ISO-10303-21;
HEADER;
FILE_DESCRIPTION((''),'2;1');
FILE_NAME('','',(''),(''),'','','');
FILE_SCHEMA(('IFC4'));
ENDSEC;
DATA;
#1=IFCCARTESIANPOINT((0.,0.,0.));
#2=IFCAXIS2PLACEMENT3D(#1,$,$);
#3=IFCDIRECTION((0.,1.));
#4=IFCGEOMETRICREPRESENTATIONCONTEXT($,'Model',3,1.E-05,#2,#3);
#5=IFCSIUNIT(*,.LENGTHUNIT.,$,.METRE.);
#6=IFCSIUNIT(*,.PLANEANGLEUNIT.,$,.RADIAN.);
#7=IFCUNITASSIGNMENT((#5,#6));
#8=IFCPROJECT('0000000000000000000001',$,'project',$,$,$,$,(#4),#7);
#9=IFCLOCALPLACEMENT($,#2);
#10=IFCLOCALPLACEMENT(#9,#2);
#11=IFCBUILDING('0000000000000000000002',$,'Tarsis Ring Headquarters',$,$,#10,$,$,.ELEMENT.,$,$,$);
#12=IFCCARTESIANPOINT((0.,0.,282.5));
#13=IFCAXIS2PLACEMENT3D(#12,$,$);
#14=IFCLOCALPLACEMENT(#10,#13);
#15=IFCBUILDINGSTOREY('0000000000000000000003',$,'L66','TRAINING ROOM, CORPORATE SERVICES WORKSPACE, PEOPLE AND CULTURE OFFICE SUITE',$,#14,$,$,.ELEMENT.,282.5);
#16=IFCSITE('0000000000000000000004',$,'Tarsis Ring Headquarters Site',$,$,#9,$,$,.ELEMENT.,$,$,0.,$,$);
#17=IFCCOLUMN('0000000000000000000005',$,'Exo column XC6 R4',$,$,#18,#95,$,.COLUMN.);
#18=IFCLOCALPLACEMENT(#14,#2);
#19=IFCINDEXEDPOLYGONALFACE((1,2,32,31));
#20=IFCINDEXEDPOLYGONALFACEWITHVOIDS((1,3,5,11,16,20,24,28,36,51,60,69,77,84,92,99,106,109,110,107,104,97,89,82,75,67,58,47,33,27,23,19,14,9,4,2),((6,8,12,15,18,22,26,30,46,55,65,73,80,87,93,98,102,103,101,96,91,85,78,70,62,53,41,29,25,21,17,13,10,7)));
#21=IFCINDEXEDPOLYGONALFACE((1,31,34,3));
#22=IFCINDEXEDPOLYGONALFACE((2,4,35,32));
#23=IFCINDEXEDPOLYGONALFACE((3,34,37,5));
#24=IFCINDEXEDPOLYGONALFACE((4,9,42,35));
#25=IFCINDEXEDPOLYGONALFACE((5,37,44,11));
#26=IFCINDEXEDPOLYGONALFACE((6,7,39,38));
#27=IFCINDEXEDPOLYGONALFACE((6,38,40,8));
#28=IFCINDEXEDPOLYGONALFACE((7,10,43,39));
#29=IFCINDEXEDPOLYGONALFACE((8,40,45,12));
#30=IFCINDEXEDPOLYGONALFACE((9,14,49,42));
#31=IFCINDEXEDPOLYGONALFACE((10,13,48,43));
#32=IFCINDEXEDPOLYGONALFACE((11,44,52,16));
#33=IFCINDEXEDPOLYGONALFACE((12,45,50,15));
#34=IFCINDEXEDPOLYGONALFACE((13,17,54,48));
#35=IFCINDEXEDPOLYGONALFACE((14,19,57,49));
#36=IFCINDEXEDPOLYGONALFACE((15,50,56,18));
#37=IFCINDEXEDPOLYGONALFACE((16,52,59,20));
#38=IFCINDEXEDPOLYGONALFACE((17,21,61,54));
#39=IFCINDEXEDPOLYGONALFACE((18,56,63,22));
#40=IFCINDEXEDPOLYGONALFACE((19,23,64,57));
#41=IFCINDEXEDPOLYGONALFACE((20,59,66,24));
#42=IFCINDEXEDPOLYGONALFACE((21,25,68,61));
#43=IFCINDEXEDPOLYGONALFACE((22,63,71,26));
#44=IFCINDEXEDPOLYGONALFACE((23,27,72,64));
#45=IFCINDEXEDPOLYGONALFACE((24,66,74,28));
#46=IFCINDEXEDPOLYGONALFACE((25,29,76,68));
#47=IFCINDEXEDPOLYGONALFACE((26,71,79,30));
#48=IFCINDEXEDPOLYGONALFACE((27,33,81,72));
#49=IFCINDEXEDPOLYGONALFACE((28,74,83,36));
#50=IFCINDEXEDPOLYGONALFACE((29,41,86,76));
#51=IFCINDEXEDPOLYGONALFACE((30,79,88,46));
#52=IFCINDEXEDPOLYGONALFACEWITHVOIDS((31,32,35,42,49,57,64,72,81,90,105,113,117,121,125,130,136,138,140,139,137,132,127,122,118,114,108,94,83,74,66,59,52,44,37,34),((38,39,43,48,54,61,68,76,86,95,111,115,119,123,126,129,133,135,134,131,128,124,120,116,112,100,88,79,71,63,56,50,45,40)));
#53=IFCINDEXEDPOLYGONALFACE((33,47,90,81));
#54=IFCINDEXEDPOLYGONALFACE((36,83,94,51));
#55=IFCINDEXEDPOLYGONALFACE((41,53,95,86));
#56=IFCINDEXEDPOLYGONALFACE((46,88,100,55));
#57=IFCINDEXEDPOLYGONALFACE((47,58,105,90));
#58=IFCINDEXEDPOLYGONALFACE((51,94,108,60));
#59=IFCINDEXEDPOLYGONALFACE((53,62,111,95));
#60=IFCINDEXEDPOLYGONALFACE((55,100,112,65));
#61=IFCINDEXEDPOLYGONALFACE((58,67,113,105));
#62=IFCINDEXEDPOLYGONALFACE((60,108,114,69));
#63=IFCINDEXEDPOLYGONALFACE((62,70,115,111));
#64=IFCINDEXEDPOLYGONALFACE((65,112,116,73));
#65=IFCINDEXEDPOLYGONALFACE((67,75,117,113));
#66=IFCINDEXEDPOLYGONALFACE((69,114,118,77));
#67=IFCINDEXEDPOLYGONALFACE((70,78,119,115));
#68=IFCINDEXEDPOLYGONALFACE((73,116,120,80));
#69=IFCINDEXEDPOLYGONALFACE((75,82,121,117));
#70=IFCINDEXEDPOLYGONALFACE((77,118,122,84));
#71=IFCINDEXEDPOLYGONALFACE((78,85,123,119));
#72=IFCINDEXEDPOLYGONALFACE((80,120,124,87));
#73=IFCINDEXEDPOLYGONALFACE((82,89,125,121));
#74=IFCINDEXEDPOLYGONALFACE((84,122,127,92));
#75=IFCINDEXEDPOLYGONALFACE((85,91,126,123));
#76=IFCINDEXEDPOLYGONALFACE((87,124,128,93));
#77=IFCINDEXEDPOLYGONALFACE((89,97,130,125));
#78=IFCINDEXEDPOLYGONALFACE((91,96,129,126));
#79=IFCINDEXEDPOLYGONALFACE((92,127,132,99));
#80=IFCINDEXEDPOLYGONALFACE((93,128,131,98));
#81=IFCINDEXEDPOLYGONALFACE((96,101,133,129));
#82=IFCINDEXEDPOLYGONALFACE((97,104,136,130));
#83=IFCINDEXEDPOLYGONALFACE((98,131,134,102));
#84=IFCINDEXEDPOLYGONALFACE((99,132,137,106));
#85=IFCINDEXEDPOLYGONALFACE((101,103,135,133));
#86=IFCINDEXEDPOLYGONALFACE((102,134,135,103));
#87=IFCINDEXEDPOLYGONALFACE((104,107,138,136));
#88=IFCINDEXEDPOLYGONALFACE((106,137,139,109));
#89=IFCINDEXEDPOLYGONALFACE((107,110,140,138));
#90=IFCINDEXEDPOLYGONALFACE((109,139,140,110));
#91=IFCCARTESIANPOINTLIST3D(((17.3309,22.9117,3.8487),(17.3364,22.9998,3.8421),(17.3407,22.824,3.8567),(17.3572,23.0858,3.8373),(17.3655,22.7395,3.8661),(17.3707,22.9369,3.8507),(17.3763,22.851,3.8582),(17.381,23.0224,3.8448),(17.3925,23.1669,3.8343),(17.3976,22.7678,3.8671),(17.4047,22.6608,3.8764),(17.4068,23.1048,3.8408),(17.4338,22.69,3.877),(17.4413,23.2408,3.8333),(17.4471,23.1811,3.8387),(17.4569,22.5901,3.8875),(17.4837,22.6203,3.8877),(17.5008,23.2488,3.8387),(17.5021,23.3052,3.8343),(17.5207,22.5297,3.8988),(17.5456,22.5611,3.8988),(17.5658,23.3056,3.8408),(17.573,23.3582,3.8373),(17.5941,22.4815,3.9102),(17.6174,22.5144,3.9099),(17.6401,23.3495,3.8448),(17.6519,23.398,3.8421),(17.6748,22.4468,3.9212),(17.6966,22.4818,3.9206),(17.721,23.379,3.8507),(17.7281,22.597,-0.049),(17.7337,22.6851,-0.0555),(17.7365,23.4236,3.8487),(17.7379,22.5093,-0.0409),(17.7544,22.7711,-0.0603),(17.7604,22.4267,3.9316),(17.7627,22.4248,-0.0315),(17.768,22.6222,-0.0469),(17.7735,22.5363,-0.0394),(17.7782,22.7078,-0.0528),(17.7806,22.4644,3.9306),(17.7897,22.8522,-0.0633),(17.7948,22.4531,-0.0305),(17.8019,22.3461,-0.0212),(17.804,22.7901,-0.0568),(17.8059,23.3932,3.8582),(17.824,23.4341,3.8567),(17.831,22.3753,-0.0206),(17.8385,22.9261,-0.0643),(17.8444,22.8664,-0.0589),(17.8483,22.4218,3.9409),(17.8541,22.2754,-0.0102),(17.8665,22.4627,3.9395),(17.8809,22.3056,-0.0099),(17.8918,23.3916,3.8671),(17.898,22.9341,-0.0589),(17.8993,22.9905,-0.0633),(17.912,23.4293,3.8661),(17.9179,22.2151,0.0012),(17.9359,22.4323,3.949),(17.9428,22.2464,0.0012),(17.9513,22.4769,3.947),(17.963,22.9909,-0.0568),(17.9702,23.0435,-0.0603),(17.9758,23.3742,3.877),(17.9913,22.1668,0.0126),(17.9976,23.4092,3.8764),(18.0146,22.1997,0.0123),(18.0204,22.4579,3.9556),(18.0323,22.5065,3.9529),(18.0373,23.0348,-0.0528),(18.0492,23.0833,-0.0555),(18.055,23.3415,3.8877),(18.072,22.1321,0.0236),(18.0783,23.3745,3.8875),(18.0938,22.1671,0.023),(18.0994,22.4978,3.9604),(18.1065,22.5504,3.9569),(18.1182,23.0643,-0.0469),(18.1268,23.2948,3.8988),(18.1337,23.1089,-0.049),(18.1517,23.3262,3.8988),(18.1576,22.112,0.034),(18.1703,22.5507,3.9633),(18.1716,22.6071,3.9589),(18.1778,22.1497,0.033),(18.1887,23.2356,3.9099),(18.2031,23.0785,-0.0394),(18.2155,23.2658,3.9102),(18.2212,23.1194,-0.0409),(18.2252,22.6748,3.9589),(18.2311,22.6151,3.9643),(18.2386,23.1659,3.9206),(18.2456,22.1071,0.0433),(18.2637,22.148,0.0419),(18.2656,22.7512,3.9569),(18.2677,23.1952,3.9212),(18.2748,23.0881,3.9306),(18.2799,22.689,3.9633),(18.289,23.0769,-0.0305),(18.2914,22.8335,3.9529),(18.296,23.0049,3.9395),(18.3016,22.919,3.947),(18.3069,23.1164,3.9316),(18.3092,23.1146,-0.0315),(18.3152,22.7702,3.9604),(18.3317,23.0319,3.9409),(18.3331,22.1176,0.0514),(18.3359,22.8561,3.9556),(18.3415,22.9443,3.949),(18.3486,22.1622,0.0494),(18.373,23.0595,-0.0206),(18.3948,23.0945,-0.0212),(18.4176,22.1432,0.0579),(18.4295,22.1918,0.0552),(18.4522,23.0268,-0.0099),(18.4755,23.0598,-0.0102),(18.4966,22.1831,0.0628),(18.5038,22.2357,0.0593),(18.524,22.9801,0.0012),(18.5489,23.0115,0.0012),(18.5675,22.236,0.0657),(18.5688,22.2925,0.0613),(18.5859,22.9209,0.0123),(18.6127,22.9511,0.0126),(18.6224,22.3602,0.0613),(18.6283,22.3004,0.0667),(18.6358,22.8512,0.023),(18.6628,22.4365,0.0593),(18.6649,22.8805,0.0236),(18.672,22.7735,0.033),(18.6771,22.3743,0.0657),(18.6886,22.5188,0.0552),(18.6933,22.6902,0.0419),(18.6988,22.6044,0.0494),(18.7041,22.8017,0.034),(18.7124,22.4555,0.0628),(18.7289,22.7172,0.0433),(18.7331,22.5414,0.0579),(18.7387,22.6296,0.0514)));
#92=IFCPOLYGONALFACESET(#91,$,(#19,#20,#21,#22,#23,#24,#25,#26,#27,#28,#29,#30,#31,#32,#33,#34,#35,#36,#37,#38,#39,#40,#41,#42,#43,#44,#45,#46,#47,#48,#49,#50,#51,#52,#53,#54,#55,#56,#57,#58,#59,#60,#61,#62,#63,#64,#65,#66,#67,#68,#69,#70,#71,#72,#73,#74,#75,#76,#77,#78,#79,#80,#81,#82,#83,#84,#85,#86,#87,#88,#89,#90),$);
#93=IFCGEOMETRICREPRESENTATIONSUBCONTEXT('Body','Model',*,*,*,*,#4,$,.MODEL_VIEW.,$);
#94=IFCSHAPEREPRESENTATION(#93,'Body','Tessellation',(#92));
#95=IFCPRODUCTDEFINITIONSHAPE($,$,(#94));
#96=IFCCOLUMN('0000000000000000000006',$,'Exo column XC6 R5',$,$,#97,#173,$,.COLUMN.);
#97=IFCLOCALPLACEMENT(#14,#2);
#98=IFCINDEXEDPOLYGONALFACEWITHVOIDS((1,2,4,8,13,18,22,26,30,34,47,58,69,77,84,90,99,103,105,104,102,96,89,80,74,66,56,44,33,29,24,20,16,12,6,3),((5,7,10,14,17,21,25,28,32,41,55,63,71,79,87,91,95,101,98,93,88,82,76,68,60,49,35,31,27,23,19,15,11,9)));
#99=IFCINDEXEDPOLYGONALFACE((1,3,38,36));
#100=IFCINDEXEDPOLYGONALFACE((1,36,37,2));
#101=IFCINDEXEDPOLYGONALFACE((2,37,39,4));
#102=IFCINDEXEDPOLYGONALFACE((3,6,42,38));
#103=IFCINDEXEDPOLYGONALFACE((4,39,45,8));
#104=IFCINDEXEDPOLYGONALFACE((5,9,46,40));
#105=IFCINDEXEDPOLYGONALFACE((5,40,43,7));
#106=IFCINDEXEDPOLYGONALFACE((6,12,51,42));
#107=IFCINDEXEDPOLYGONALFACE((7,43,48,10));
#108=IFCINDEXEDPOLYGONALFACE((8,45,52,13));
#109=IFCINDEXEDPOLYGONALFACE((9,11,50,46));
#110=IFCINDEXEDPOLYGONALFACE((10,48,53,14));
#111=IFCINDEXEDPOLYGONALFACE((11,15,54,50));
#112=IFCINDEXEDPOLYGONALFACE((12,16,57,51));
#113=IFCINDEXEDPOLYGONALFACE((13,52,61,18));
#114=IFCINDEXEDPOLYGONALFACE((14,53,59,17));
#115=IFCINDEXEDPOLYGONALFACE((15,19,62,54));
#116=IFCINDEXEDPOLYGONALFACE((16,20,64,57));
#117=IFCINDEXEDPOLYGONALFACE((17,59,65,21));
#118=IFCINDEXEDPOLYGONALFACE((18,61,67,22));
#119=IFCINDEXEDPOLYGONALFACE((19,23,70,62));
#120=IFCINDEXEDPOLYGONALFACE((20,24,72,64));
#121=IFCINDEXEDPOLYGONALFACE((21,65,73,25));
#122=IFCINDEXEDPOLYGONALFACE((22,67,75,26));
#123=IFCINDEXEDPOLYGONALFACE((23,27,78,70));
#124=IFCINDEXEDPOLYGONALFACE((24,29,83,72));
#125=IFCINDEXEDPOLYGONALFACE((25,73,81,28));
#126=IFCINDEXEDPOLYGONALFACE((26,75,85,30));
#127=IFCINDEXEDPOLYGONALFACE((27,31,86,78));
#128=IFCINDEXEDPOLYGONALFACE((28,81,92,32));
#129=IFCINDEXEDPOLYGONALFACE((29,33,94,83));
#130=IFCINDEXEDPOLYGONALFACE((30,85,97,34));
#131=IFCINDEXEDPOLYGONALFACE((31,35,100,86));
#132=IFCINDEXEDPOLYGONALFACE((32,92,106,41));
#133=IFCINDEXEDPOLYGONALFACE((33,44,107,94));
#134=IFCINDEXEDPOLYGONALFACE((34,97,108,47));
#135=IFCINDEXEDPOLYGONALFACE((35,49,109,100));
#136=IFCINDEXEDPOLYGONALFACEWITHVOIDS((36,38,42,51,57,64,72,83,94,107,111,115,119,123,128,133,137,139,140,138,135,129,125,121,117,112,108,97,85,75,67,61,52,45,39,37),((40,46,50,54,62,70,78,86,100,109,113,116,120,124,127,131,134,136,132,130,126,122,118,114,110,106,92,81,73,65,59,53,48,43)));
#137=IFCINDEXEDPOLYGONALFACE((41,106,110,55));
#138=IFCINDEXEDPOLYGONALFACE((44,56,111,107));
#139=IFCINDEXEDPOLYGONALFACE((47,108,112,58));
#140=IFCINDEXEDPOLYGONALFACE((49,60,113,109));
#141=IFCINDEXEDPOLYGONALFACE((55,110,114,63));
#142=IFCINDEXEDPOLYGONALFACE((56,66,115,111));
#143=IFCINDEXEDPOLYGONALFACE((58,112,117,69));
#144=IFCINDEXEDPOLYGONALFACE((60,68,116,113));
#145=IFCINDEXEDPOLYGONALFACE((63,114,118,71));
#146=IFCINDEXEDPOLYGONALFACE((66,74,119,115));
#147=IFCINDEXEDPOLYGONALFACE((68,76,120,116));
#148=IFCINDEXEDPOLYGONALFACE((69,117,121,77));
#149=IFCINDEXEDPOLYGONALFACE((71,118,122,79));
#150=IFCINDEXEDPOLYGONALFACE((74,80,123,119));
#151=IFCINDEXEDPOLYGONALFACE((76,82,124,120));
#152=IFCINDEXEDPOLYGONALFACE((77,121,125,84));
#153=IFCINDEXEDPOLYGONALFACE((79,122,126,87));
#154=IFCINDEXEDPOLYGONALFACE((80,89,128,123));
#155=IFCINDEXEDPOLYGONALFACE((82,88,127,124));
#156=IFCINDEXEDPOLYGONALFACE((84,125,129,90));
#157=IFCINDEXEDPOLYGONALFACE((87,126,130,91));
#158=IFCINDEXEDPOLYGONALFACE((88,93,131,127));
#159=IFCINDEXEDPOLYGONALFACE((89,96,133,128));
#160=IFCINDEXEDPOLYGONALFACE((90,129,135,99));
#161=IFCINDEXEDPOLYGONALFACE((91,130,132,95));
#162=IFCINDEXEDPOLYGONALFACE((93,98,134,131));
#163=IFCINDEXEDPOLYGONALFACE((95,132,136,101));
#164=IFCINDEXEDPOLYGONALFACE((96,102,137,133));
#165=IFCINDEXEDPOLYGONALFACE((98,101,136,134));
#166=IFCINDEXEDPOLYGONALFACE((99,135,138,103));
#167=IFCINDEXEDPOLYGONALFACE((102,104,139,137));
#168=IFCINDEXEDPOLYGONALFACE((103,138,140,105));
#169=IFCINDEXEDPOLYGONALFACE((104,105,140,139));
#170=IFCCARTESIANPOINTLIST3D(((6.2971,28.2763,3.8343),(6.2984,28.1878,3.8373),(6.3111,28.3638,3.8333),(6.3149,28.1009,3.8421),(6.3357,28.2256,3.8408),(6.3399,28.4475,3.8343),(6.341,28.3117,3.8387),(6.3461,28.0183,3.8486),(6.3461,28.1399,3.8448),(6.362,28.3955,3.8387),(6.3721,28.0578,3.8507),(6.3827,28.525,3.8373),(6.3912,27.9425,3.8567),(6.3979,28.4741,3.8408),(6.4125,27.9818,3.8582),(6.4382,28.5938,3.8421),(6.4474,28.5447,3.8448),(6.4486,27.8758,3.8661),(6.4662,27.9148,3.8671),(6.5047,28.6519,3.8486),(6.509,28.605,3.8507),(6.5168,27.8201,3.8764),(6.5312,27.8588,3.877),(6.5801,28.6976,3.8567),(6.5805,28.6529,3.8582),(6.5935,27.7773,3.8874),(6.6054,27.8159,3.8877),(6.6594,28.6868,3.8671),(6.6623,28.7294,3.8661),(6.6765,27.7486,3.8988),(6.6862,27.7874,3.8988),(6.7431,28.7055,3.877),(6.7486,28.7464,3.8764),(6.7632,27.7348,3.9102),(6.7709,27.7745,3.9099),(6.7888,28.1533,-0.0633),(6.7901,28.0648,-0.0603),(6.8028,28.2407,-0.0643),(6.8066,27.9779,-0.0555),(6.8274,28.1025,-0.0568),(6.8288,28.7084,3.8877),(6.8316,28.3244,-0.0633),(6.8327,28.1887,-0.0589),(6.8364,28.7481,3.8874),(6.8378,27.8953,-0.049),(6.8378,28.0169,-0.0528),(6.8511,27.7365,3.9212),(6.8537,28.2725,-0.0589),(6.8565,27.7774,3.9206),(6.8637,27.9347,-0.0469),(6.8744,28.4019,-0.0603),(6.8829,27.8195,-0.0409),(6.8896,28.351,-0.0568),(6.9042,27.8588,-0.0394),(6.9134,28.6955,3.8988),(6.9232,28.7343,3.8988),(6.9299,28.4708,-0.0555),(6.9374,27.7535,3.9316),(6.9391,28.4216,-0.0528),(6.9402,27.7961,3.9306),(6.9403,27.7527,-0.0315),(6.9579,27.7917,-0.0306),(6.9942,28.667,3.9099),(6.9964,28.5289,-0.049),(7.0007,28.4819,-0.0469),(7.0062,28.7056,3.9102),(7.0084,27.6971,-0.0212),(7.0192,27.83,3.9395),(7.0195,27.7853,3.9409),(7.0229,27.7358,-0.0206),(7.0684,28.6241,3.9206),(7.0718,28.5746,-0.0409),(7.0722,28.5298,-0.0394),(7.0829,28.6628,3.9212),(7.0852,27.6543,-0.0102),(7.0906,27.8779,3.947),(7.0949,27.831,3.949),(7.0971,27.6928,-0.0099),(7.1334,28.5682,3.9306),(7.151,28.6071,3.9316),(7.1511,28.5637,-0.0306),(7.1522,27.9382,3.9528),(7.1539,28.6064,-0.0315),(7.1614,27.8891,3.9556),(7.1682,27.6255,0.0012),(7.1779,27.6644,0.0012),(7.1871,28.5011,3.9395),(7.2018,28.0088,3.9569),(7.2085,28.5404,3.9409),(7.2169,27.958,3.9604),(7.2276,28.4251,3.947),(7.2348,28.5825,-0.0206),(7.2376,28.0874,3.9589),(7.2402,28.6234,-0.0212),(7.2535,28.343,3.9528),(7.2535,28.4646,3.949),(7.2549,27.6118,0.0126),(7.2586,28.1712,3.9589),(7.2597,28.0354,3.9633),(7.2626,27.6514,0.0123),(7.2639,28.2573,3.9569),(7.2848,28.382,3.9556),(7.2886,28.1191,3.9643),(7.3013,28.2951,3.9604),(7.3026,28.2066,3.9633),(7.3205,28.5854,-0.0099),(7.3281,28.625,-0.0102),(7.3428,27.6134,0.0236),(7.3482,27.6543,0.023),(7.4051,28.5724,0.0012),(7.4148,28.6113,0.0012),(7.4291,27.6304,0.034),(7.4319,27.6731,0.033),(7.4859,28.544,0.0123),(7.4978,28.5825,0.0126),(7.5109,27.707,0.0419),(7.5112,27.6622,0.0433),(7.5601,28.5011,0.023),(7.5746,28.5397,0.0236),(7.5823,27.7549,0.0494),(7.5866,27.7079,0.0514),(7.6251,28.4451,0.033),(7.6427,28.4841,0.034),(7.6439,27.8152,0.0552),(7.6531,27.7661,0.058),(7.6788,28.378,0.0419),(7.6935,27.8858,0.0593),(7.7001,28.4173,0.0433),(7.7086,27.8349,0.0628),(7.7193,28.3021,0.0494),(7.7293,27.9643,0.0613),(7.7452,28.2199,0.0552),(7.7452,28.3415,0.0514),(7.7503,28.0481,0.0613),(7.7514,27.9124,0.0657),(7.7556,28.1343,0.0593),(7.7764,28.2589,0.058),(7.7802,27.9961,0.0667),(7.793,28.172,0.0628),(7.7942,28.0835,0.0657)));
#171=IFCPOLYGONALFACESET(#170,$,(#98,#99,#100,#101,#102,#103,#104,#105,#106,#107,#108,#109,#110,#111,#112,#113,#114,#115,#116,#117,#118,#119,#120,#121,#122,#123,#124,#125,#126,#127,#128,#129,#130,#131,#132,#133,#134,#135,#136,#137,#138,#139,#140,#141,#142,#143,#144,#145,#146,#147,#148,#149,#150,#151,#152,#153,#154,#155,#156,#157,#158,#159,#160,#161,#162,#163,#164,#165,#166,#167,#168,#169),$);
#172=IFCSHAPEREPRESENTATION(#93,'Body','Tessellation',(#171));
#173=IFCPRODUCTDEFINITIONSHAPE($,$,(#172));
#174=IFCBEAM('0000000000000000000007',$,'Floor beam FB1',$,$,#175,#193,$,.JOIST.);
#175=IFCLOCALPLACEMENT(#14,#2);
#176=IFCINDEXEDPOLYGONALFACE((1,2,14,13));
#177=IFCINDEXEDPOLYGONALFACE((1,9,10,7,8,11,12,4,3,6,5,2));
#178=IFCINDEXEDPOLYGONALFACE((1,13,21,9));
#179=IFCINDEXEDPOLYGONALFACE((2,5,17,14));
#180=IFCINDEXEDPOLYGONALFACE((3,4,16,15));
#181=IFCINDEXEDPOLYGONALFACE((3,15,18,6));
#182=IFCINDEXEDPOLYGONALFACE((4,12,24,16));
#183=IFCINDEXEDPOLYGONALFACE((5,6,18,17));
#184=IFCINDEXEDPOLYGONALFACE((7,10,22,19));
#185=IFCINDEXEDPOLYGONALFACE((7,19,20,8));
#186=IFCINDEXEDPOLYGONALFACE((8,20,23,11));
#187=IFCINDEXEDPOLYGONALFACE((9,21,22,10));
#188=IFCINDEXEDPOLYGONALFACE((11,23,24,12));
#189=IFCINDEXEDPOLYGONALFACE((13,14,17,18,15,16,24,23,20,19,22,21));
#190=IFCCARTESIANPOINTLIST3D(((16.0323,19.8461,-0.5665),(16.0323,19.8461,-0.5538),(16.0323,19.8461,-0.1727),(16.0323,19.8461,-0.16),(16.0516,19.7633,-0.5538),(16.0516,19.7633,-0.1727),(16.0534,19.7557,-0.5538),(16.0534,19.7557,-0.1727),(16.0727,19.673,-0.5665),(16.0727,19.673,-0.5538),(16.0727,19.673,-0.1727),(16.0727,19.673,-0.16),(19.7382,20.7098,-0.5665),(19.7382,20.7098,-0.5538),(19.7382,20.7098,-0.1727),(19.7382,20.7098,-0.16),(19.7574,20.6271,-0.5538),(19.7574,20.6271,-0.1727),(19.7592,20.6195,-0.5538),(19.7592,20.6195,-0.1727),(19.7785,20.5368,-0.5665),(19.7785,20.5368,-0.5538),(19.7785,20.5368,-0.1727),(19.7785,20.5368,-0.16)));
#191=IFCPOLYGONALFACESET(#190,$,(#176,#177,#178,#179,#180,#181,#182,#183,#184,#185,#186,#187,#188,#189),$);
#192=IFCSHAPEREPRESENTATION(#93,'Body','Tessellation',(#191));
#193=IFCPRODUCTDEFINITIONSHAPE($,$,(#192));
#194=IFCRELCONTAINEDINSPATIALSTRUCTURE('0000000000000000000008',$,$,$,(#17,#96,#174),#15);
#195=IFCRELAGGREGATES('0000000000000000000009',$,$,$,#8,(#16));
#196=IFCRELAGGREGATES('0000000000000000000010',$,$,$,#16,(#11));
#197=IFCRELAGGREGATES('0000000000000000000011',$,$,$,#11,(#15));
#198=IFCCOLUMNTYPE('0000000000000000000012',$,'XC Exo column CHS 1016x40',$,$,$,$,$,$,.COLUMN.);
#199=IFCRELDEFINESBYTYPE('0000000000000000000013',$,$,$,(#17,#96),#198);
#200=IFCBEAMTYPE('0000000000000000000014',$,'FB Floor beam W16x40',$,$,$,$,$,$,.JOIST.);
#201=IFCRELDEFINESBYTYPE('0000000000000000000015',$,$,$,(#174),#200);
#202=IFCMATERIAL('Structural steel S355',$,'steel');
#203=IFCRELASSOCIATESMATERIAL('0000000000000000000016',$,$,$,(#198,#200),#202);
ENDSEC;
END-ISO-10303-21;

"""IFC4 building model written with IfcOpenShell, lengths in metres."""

from ifc_helpers import new_model, si_unit, direction, frame, origin, origin_2d, place, context, subcontext, project, spatial, hollow_circle, i_section, extrude, material, material_profile, profile_set, type_object, element, save


model = new_model("IFC4")

# Units and contexts
model_context = context("Model", 3, precision=1e-05, world=origin(), true_north=direction((0.0, 1.0)))
body_context = subcontext(model_context, "Body", "Model", "MODEL_VIEW")
ifc_project = project(units=[si_unit("LENGTHUNIT", "METRE"), si_unit("PLANEANGLEUNIT", "RADIAN")], contexts=[model_context])

# Site, building, storey
site_placement = place(None, origin())
site = spatial("IfcSite", under=ifc_project, at=site_placement, Name="Tarsis Ring Headquarters Site", CompositionType="ELEMENT", RefElevation=0.0)
building_placement = place(site_placement, origin())
building = spatial("IfcBuilding", under=site, at=building_placement, Name="Tarsis Ring Headquarters", CompositionType="ELEMENT")
storey_placement = place(building_placement, frame((0.0, 0.0, 282.5)))
storey = spatial("IfcBuildingStorey", under=building, at=storey_placement, Name="L66", Description="TRAINING ROOM, CORPORATE SERVICES WORKSPACE, PEOPLE AND CULTURE OFFICE SUITE", CompositionType="ELEMENT", Elevation=282.5)

# Columns
ifc_material_1 = material(Name="Structural steel S355", Category="steel")
ifc_material_profile_1 = material_profile(ifc_material_1, hollow_circle(Radius=0.5081, WallThickness=0.04, at=origin_2d()), Name="CHS 1016x40")
ifc_profile_set_1 = profile_set([ifc_material_profile_1], Name="Structural steel S355")
column_type = type_object("IfcColumnType", Name="XC Exo column CHS 1016x40", PredefinedType="COLUMN", material=ifc_profile_set_1)
for number, where, z_axis, x_axis, name in (
    (1, (18.2334, 22.6133, 0.0012), (-0.10106, 0.080065, 0.991653), (-0.620987, -0.783821, 0.0), "Exo column XC6 R4"),
    (2, (7.2915, 28.1184, 0.0012), (-0.125098, 0.031305, 0.99165), (-0.242762, -0.970086, 0.0), "Exo column XC6 R5"),
):
    element("IfcColumn", number, at=place(storey_placement, frame(where, z_axis=z_axis, x_axis=x_axis)), inside=storey, type_object=column_type, Name=name, PredefinedType="COLUMN", context=body_context, shape_type="SweptSolid", body=[
        extrude(hollow_circle(Radius=0.5081, WallThickness=0.04, at=origin_2d()), origin(), (0.0, 0.0, 1.0), 3.9304),
    ])

# Beam
ifc_material_profile_2 = material_profile(ifc_material_1, i_section(OverallWidth=0.1777, OverallDepth=0.4065, WebThickness=0.0078, FlangeThickness=0.0127, at=origin_2d()), Name="W16x40")
ifc_profile_set_2 = profile_set([ifc_material_profile_2], Name="Structural steel S355")
beam_type_1 = type_object("IfcBeamType", Name="FB Floor beam W16x40", PredefinedType="JOIST", material=ifc_profile_set_2)
beam_1_placement = place(storey_placement, frame((16.0525, 19.7595, -0.3633), z_axis=(0.973895, 0.227, 0.0), x_axis=(-0.227, 0.973895, 0.0)))
element("IfcBeam", 3, at=beam_1_placement, inside=storey, type_object=beam_type_1, Name="Floor beam FB1", PredefinedType="JOIST", context=body_context, shape_type="SweptSolid", body=[
    extrude(i_section(OverallWidth=0.1777, OverallDepth=0.4065, WebThickness=0.0078, FlangeThickness=0.0127, at=origin_2d()), origin(), (0.0, 0.0, 1.0), 3.8052),
])

save(model, "model.ifc")
